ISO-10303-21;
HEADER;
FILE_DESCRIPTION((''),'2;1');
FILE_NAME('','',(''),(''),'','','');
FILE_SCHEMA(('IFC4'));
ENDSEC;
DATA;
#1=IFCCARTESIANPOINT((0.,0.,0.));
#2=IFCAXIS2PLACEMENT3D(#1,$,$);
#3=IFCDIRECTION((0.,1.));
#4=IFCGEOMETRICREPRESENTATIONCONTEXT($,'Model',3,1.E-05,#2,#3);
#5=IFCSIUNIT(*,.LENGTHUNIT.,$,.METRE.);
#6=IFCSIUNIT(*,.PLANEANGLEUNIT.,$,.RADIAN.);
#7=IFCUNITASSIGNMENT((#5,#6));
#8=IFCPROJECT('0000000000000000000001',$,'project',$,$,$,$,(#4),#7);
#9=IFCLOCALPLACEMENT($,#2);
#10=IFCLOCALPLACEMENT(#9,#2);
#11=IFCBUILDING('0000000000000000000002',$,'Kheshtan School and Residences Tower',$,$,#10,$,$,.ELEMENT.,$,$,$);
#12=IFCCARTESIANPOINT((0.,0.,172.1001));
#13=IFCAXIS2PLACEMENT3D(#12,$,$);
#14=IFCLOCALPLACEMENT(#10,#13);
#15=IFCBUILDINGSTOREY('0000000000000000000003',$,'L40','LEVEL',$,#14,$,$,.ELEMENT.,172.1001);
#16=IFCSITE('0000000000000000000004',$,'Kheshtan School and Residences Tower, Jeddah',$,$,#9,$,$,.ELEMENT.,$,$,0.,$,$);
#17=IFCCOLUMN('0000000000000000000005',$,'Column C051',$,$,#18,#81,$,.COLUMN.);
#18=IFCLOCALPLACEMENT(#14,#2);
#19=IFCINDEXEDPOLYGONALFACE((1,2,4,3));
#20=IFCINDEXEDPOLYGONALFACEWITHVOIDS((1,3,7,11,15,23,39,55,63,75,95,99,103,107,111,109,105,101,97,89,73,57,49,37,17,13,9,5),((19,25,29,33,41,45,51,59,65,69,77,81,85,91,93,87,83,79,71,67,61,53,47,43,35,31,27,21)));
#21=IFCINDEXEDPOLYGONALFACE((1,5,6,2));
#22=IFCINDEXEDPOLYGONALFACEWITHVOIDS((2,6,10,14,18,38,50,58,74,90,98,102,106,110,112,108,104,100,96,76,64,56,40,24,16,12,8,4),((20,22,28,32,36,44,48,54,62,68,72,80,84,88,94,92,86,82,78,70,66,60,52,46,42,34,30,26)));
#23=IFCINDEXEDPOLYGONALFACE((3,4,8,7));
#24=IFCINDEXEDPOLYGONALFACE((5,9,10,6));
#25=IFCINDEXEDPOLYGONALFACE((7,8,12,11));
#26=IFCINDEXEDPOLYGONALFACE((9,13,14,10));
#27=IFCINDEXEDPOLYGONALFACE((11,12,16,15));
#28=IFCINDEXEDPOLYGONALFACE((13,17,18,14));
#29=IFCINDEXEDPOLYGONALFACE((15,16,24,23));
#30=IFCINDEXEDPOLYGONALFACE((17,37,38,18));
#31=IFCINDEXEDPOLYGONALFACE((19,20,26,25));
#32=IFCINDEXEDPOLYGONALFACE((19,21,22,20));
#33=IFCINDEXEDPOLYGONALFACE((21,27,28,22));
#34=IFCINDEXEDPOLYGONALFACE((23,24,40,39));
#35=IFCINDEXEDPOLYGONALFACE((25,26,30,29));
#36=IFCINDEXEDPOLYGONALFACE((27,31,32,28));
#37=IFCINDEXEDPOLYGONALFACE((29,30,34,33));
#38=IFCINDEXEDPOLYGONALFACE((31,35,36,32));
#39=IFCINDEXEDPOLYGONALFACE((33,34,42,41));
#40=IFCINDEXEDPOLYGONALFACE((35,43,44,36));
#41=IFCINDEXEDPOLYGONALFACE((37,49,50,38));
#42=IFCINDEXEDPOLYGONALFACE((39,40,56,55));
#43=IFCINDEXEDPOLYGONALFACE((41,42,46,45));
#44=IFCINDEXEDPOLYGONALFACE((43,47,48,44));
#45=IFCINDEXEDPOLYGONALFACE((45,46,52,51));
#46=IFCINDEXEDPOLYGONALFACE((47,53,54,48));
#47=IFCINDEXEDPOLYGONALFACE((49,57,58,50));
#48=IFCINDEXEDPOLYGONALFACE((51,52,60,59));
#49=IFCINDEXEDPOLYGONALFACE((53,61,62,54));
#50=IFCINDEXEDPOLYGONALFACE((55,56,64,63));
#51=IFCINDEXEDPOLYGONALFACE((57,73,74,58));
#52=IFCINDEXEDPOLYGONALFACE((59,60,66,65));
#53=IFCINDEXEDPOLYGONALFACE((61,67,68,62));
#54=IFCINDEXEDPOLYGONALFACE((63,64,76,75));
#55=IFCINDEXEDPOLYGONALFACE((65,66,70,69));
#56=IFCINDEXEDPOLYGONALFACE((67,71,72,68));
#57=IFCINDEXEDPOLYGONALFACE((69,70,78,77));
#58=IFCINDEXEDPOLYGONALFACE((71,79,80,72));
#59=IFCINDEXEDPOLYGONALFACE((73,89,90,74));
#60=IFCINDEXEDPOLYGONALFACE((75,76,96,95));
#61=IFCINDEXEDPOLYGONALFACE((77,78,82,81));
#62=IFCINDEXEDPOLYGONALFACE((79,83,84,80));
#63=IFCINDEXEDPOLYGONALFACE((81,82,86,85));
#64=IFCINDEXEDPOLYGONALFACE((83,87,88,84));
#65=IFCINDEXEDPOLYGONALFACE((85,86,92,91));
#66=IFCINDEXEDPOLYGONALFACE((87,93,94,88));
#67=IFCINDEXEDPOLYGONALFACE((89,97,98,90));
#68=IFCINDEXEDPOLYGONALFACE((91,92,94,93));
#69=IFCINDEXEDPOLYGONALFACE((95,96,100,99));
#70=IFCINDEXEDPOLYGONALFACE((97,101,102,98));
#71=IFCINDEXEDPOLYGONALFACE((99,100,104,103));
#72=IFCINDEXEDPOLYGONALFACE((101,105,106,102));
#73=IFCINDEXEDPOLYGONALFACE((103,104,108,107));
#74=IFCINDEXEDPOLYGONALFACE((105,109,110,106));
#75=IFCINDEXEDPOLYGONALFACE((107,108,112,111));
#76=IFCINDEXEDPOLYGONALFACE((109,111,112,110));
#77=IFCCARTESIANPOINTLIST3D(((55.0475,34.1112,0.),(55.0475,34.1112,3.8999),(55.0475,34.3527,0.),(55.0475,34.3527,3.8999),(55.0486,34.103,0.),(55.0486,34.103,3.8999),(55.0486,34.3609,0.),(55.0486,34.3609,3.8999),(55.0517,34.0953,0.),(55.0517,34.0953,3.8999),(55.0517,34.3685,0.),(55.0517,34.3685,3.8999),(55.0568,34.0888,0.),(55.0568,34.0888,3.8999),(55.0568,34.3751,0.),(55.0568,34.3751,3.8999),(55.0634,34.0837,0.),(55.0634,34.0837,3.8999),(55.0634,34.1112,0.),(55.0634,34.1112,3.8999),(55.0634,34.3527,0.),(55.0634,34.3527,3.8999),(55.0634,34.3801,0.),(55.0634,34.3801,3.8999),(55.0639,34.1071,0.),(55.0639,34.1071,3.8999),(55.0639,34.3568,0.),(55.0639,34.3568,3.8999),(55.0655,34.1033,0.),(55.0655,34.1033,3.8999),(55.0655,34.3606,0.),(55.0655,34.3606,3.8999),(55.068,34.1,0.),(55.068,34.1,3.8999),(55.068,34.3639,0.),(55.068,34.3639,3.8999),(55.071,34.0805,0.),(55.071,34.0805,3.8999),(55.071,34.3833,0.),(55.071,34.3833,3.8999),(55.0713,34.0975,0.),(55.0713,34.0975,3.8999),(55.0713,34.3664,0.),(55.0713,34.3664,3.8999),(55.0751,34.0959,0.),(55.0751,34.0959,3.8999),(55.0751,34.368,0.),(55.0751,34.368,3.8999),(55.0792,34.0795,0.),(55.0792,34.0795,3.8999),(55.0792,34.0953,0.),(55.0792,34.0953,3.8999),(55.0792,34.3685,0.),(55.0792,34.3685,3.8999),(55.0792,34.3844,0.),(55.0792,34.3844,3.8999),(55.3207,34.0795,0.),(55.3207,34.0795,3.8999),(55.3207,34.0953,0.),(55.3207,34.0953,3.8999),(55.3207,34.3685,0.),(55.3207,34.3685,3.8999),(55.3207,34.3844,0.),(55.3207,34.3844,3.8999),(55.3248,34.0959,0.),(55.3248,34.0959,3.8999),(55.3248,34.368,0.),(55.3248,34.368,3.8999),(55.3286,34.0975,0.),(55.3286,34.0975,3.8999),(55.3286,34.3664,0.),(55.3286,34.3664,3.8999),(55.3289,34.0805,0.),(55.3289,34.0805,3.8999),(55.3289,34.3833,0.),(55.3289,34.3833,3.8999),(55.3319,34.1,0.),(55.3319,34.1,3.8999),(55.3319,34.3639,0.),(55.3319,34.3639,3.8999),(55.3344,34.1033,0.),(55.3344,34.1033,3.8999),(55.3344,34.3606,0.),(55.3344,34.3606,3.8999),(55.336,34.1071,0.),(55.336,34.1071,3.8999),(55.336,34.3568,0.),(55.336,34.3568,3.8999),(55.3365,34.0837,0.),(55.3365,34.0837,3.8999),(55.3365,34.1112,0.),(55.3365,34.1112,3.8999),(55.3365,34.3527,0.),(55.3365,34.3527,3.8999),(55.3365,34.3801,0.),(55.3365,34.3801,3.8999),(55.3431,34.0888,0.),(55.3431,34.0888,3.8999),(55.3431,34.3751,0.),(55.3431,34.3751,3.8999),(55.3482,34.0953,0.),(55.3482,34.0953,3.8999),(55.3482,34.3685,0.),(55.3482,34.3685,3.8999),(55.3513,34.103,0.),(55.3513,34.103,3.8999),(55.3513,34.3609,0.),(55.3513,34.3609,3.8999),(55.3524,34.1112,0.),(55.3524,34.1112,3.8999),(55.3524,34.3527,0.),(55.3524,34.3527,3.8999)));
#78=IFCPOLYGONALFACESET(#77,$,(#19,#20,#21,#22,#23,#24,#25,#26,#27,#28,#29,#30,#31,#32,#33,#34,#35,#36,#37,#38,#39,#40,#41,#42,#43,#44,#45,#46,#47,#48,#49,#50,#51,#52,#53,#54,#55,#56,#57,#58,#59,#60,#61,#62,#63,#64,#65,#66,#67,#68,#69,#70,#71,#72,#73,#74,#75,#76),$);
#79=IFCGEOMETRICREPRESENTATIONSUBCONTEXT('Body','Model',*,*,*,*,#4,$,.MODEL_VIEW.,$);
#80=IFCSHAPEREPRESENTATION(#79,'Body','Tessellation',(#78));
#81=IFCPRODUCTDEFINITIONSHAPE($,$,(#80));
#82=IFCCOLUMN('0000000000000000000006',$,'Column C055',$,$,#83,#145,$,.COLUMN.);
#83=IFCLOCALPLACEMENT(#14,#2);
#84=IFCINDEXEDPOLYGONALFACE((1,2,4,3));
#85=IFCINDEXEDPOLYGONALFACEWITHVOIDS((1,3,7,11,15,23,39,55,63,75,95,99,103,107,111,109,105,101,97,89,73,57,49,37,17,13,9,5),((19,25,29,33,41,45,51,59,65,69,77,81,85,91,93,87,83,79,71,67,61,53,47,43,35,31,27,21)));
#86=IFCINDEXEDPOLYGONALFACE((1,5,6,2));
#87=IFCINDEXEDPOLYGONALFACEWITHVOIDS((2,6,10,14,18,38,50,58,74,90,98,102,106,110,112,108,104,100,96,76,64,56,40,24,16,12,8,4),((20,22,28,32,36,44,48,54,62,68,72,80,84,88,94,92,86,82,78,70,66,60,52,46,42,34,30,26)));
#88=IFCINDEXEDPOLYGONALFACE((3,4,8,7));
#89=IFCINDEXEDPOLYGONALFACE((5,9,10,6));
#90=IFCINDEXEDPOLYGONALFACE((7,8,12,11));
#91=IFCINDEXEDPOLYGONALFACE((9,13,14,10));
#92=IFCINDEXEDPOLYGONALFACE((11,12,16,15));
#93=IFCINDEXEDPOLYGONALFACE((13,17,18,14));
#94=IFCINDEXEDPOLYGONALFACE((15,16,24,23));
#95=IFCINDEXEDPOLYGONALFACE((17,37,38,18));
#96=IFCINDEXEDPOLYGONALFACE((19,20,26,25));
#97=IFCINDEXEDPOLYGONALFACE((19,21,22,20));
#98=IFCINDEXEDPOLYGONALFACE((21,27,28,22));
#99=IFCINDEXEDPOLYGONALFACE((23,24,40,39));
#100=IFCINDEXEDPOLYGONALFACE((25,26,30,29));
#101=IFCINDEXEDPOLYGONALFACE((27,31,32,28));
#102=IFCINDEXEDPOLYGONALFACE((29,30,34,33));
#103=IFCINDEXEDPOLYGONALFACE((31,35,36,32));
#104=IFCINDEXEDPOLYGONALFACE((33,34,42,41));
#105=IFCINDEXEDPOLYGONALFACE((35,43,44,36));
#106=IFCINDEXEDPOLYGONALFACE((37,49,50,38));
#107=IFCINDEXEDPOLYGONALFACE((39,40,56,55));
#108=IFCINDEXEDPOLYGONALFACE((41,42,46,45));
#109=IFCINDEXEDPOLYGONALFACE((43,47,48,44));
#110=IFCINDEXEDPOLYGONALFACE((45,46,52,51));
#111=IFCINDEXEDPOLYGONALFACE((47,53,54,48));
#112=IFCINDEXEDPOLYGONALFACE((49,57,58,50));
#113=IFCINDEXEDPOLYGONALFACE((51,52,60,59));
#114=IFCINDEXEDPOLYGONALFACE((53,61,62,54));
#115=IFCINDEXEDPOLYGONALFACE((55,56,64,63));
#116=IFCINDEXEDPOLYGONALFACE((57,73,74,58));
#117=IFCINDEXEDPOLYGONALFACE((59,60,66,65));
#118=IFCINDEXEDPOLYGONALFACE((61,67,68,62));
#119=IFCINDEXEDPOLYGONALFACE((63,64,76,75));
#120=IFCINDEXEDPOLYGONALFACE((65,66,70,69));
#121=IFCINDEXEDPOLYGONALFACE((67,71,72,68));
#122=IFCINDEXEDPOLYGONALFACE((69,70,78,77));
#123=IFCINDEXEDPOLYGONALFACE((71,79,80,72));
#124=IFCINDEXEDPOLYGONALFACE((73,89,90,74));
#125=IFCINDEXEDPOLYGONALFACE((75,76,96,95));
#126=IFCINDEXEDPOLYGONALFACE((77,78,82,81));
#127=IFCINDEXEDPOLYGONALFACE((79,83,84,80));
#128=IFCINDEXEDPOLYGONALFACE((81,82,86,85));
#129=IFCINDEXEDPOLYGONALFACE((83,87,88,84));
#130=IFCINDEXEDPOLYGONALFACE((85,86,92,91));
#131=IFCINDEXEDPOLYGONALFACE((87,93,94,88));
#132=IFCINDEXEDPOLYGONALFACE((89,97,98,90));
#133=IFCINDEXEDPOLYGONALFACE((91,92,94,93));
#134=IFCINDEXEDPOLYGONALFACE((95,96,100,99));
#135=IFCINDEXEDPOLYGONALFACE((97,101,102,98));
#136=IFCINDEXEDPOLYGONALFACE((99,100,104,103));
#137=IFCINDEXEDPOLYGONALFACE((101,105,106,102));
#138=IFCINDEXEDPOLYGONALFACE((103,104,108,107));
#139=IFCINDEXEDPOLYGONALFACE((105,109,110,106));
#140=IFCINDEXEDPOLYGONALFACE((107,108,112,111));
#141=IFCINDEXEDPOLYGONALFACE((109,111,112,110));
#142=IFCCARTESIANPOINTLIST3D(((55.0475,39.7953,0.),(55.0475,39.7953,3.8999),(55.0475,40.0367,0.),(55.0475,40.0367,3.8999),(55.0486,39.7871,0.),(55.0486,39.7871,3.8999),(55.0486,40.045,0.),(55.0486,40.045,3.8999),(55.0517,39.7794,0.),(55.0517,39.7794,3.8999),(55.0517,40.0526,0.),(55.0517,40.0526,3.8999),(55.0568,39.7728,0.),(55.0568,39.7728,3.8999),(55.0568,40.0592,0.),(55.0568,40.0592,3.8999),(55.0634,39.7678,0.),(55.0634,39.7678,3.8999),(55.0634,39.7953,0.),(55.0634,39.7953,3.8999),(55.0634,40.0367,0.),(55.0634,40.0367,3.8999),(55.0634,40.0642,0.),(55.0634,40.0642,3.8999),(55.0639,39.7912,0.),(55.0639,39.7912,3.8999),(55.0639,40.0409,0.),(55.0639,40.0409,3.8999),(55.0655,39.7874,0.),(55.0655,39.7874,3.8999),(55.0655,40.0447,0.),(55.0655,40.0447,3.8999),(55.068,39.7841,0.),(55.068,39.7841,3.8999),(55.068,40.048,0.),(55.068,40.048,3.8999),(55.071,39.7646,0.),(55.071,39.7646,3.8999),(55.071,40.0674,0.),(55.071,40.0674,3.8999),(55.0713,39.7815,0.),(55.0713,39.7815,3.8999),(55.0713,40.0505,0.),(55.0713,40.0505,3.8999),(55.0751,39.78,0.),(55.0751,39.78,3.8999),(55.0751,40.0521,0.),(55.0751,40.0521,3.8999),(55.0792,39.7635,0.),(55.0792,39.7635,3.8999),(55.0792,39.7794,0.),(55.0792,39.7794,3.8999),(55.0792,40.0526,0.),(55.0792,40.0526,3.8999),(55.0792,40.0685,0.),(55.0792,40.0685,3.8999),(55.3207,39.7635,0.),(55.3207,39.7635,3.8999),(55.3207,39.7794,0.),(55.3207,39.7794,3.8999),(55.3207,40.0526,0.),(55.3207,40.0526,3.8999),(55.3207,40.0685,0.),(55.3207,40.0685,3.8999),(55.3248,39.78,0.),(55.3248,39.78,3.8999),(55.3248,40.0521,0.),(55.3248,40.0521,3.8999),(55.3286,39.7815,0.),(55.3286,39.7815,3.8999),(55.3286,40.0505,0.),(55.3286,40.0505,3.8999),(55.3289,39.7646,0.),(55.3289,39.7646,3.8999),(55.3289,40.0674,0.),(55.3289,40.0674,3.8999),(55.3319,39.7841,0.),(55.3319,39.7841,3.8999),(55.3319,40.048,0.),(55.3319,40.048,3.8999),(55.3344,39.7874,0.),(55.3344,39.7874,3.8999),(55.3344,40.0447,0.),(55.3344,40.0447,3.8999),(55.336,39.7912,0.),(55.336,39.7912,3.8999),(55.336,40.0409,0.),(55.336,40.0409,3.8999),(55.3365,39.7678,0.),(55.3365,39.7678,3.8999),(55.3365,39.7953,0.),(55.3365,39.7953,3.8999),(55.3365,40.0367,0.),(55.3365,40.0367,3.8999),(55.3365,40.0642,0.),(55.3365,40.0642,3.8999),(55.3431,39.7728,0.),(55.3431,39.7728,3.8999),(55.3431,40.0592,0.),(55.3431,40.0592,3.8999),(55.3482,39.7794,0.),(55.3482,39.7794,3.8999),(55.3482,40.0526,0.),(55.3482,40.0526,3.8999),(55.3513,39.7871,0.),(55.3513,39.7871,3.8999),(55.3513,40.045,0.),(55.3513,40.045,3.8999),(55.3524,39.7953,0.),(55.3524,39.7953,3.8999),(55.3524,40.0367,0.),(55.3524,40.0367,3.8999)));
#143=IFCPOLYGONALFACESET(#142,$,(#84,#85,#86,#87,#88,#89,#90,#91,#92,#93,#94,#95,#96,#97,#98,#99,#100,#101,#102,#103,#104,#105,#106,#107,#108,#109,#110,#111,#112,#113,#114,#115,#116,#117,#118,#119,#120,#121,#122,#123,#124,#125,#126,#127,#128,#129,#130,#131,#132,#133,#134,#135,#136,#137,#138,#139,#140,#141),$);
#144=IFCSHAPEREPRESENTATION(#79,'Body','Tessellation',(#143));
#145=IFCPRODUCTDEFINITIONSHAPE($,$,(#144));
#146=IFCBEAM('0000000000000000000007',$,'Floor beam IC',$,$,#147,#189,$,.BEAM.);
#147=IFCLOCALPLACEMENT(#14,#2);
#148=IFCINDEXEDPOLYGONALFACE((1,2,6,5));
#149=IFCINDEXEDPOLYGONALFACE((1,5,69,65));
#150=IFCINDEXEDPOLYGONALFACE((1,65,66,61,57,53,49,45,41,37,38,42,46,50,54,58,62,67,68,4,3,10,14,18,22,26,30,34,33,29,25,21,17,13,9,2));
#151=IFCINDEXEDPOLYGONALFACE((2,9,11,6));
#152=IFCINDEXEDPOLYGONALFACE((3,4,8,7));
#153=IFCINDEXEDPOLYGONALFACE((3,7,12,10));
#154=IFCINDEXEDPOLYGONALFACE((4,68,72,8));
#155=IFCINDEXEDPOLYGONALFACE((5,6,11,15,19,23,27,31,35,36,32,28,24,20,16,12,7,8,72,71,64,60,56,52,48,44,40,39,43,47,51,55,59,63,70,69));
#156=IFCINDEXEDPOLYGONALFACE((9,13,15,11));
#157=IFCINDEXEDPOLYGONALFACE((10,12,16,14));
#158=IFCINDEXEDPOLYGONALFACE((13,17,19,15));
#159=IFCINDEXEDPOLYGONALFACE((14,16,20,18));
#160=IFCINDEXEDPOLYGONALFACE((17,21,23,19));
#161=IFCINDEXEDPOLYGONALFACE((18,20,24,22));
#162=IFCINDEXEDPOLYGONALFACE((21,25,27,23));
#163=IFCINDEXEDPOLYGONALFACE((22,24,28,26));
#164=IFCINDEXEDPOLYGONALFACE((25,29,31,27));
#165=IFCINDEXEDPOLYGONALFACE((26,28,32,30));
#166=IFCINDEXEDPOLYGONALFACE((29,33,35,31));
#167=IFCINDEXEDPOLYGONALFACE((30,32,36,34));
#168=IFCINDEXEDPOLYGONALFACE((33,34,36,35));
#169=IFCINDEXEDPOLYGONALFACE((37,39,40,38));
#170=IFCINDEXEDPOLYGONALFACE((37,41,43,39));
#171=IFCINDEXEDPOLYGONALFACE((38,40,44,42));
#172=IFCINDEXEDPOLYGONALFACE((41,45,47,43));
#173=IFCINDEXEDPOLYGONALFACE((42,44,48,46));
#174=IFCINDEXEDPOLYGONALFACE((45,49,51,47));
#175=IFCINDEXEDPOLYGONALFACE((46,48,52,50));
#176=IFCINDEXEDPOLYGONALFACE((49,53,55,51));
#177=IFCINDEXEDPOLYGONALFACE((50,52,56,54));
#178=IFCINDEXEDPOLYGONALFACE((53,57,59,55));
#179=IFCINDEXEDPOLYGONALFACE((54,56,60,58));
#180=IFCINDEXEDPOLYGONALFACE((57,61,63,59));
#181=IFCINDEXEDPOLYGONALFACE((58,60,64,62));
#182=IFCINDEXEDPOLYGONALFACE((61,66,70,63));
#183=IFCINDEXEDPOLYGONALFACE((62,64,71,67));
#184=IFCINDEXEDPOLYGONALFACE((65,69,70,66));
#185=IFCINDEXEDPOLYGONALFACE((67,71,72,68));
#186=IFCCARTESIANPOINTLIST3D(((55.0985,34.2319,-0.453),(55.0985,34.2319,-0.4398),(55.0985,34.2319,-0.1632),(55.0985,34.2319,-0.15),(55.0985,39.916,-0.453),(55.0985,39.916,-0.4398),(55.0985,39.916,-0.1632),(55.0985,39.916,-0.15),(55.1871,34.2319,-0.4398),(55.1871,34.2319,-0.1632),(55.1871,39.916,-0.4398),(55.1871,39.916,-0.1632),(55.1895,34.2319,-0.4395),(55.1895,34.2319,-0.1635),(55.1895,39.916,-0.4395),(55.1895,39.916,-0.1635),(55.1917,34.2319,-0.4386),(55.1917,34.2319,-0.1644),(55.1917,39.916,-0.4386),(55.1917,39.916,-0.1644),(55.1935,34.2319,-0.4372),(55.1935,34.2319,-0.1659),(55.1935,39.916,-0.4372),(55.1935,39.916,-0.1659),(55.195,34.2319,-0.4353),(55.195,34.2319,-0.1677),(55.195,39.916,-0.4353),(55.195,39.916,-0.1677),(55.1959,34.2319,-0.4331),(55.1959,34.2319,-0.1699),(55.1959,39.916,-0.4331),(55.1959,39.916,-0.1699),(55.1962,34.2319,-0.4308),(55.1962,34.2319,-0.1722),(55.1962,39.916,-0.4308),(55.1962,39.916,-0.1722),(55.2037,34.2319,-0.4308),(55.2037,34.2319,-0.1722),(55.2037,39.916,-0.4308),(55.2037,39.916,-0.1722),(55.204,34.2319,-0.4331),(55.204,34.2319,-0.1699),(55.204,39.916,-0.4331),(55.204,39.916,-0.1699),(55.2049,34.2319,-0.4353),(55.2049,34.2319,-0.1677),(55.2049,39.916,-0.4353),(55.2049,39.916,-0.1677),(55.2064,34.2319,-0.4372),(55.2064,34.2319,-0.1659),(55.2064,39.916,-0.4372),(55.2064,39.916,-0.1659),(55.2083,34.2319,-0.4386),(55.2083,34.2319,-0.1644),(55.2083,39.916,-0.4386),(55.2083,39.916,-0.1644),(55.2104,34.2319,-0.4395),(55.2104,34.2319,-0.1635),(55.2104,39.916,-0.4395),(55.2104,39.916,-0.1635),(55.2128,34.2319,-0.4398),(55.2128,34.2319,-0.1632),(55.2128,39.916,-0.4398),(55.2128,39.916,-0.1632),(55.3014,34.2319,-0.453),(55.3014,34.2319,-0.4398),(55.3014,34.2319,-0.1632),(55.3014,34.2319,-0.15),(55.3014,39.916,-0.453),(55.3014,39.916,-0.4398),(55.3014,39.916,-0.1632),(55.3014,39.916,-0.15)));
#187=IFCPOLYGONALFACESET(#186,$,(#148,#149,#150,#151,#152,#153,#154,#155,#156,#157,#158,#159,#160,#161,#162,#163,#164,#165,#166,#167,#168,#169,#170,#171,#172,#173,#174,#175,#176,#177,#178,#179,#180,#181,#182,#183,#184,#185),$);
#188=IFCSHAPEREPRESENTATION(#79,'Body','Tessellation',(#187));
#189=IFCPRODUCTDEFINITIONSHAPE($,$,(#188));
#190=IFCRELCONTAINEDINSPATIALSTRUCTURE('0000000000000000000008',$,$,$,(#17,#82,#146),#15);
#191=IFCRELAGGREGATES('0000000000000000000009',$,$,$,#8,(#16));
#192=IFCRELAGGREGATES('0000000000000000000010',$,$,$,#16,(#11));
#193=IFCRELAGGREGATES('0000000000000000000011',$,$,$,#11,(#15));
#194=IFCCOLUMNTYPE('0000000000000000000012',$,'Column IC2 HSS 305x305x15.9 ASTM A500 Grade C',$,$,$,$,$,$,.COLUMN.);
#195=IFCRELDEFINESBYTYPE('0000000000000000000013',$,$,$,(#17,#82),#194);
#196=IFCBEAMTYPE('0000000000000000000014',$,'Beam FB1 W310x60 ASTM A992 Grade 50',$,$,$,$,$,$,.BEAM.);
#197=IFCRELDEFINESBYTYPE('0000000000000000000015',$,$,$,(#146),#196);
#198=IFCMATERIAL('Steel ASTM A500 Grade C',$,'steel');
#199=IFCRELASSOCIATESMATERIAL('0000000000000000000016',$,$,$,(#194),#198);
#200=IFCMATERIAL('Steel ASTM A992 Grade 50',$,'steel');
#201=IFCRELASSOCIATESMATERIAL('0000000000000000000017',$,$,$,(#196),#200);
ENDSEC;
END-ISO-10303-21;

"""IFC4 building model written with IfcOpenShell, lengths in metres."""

from ifc_helpers import new_model, si_unit, direction, frame, origin, origin_2d, place, context, subcontext, project, spatial, hollow_rectangle, i_section, extrude, material, material_profile, profile_set, type_object, element, save


model = new_model("IFC4")

# Units and contexts
model_context = context("Model", 3, precision=1e-05, world=origin(), true_north=direction((0.0, 1.0)))
body_context = subcontext(model_context, "Body", "Model", "MODEL_VIEW")
ifc_project = project(units=[si_unit("LENGTHUNIT", "METRE"), si_unit("PLANEANGLEUNIT", "RADIAN")], contexts=[model_context])

# Site, building, storey
site_placement = place(None, origin())
site = spatial("IfcSite", under=ifc_project, at=site_placement, Name="Kheshtan School and Residences Tower, Jeddah", CompositionType="ELEMENT", RefElevation=0.0)
building_placement = place(site_placement, origin())
building = spatial("IfcBuilding", under=site, at=building_placement, Name="Kheshtan School and Residences Tower", CompositionType="ELEMENT")
storey_placement = place(building_placement, frame((0.0, 0.0, 172.1001)))
storey = spatial("IfcBuildingStorey", under=building, at=storey_placement, Name="L40", Description="LEVEL", CompositionType="ELEMENT", Elevation=172.1001)

# Columns
ifc_material_1 = material(Name="Steel ASTM A500 Grade C", Category="steel")
ifc_material_profile_1 = material_profile(ifc_material_1, hollow_rectangle(XDim=0.3049, YDim=0.3049, WallThickness=0.0159, InnerFilletRadius=0.0159, OuterFilletRadius=0.0317, at=origin_2d()), Name="HSS 305x305x15.9")
ifc_profile_set_1 = profile_set([ifc_material_profile_1], Name="Steel ASTM A500 Grade C")
column_type = type_object("IfcColumnType", Name="Column IC2 HSS 305x305x15.9 ASTM A500 Grade C", PredefinedType="COLUMN", material=ifc_profile_set_1)
for number, where, z_axis, x_axis, name in (
    (1, (55.2, 34.2319, 0.0), (0.0, 0.0, 1.0), (1.0, 0.0, 0.0), "Column C051"),
    (2, (55.2, 39.916, 0.0), (0.0, 0.0, 1.0), (1.0, 0.0, 0.0), "Column C055"),
):
    element("IfcColumn", number, at=place(storey_placement, frame(where, z_axis=z_axis, x_axis=x_axis)), inside=storey, type_object=column_type, Name=name, PredefinedType="COLUMN", context=body_context, shape_type="SweptSolid", body=[
        extrude(hollow_rectangle(XDim=0.3049, YDim=0.3049, WallThickness=0.0159, InnerFilletRadius=0.0159, OuterFilletRadius=0.0317, at=origin_2d()), origin(), (0.0, 0.0, 1.0), 3.8999),
    ])

# Beam
ifc_material_2 = material(Name="Steel ASTM A992 Grade 50", Category="steel")
ifc_material_profile_2 = material_profile(ifc_material_2, i_section(OverallWidth=0.2029, OverallDepth=0.303, WebThickness=0.0076, FlangeThickness=0.0132, FilletRadius=0.009, at=origin_2d()), Name="W310x60")
ifc_profile_set_2 = profile_set([ifc_material_profile_2], Name="Steel ASTM A992 Grade 50")
beam_type = type_object("IfcBeamType", Name="Beam FB1 W310x60 ASTM A992 Grade 50", PredefinedType="BEAM", material=ifc_profile_set_2)
beam_placement = place(storey_placement, frame((55.2, 34.2319, -0.3015), z_axis=(0.0, 1.0, 0.0), x_axis=(-1.0, 0.0, 0.0)))
element("IfcBeam", 3, at=beam_placement, inside=storey, type_object=beam_type, Name="Floor beam IC", PredefinedType="BEAM", context=body_context, shape_type="SweptSolid", body=[
    extrude(i_section(OverallWidth=0.2029, OverallDepth=0.303, WebThickness=0.0076, FlangeThickness=0.0132, FilletRadius=0.009, at=origin_2d()), origin(), (0.0, 0.0, 1.0), 5.6841),
])

save(model, "model.ifc")
